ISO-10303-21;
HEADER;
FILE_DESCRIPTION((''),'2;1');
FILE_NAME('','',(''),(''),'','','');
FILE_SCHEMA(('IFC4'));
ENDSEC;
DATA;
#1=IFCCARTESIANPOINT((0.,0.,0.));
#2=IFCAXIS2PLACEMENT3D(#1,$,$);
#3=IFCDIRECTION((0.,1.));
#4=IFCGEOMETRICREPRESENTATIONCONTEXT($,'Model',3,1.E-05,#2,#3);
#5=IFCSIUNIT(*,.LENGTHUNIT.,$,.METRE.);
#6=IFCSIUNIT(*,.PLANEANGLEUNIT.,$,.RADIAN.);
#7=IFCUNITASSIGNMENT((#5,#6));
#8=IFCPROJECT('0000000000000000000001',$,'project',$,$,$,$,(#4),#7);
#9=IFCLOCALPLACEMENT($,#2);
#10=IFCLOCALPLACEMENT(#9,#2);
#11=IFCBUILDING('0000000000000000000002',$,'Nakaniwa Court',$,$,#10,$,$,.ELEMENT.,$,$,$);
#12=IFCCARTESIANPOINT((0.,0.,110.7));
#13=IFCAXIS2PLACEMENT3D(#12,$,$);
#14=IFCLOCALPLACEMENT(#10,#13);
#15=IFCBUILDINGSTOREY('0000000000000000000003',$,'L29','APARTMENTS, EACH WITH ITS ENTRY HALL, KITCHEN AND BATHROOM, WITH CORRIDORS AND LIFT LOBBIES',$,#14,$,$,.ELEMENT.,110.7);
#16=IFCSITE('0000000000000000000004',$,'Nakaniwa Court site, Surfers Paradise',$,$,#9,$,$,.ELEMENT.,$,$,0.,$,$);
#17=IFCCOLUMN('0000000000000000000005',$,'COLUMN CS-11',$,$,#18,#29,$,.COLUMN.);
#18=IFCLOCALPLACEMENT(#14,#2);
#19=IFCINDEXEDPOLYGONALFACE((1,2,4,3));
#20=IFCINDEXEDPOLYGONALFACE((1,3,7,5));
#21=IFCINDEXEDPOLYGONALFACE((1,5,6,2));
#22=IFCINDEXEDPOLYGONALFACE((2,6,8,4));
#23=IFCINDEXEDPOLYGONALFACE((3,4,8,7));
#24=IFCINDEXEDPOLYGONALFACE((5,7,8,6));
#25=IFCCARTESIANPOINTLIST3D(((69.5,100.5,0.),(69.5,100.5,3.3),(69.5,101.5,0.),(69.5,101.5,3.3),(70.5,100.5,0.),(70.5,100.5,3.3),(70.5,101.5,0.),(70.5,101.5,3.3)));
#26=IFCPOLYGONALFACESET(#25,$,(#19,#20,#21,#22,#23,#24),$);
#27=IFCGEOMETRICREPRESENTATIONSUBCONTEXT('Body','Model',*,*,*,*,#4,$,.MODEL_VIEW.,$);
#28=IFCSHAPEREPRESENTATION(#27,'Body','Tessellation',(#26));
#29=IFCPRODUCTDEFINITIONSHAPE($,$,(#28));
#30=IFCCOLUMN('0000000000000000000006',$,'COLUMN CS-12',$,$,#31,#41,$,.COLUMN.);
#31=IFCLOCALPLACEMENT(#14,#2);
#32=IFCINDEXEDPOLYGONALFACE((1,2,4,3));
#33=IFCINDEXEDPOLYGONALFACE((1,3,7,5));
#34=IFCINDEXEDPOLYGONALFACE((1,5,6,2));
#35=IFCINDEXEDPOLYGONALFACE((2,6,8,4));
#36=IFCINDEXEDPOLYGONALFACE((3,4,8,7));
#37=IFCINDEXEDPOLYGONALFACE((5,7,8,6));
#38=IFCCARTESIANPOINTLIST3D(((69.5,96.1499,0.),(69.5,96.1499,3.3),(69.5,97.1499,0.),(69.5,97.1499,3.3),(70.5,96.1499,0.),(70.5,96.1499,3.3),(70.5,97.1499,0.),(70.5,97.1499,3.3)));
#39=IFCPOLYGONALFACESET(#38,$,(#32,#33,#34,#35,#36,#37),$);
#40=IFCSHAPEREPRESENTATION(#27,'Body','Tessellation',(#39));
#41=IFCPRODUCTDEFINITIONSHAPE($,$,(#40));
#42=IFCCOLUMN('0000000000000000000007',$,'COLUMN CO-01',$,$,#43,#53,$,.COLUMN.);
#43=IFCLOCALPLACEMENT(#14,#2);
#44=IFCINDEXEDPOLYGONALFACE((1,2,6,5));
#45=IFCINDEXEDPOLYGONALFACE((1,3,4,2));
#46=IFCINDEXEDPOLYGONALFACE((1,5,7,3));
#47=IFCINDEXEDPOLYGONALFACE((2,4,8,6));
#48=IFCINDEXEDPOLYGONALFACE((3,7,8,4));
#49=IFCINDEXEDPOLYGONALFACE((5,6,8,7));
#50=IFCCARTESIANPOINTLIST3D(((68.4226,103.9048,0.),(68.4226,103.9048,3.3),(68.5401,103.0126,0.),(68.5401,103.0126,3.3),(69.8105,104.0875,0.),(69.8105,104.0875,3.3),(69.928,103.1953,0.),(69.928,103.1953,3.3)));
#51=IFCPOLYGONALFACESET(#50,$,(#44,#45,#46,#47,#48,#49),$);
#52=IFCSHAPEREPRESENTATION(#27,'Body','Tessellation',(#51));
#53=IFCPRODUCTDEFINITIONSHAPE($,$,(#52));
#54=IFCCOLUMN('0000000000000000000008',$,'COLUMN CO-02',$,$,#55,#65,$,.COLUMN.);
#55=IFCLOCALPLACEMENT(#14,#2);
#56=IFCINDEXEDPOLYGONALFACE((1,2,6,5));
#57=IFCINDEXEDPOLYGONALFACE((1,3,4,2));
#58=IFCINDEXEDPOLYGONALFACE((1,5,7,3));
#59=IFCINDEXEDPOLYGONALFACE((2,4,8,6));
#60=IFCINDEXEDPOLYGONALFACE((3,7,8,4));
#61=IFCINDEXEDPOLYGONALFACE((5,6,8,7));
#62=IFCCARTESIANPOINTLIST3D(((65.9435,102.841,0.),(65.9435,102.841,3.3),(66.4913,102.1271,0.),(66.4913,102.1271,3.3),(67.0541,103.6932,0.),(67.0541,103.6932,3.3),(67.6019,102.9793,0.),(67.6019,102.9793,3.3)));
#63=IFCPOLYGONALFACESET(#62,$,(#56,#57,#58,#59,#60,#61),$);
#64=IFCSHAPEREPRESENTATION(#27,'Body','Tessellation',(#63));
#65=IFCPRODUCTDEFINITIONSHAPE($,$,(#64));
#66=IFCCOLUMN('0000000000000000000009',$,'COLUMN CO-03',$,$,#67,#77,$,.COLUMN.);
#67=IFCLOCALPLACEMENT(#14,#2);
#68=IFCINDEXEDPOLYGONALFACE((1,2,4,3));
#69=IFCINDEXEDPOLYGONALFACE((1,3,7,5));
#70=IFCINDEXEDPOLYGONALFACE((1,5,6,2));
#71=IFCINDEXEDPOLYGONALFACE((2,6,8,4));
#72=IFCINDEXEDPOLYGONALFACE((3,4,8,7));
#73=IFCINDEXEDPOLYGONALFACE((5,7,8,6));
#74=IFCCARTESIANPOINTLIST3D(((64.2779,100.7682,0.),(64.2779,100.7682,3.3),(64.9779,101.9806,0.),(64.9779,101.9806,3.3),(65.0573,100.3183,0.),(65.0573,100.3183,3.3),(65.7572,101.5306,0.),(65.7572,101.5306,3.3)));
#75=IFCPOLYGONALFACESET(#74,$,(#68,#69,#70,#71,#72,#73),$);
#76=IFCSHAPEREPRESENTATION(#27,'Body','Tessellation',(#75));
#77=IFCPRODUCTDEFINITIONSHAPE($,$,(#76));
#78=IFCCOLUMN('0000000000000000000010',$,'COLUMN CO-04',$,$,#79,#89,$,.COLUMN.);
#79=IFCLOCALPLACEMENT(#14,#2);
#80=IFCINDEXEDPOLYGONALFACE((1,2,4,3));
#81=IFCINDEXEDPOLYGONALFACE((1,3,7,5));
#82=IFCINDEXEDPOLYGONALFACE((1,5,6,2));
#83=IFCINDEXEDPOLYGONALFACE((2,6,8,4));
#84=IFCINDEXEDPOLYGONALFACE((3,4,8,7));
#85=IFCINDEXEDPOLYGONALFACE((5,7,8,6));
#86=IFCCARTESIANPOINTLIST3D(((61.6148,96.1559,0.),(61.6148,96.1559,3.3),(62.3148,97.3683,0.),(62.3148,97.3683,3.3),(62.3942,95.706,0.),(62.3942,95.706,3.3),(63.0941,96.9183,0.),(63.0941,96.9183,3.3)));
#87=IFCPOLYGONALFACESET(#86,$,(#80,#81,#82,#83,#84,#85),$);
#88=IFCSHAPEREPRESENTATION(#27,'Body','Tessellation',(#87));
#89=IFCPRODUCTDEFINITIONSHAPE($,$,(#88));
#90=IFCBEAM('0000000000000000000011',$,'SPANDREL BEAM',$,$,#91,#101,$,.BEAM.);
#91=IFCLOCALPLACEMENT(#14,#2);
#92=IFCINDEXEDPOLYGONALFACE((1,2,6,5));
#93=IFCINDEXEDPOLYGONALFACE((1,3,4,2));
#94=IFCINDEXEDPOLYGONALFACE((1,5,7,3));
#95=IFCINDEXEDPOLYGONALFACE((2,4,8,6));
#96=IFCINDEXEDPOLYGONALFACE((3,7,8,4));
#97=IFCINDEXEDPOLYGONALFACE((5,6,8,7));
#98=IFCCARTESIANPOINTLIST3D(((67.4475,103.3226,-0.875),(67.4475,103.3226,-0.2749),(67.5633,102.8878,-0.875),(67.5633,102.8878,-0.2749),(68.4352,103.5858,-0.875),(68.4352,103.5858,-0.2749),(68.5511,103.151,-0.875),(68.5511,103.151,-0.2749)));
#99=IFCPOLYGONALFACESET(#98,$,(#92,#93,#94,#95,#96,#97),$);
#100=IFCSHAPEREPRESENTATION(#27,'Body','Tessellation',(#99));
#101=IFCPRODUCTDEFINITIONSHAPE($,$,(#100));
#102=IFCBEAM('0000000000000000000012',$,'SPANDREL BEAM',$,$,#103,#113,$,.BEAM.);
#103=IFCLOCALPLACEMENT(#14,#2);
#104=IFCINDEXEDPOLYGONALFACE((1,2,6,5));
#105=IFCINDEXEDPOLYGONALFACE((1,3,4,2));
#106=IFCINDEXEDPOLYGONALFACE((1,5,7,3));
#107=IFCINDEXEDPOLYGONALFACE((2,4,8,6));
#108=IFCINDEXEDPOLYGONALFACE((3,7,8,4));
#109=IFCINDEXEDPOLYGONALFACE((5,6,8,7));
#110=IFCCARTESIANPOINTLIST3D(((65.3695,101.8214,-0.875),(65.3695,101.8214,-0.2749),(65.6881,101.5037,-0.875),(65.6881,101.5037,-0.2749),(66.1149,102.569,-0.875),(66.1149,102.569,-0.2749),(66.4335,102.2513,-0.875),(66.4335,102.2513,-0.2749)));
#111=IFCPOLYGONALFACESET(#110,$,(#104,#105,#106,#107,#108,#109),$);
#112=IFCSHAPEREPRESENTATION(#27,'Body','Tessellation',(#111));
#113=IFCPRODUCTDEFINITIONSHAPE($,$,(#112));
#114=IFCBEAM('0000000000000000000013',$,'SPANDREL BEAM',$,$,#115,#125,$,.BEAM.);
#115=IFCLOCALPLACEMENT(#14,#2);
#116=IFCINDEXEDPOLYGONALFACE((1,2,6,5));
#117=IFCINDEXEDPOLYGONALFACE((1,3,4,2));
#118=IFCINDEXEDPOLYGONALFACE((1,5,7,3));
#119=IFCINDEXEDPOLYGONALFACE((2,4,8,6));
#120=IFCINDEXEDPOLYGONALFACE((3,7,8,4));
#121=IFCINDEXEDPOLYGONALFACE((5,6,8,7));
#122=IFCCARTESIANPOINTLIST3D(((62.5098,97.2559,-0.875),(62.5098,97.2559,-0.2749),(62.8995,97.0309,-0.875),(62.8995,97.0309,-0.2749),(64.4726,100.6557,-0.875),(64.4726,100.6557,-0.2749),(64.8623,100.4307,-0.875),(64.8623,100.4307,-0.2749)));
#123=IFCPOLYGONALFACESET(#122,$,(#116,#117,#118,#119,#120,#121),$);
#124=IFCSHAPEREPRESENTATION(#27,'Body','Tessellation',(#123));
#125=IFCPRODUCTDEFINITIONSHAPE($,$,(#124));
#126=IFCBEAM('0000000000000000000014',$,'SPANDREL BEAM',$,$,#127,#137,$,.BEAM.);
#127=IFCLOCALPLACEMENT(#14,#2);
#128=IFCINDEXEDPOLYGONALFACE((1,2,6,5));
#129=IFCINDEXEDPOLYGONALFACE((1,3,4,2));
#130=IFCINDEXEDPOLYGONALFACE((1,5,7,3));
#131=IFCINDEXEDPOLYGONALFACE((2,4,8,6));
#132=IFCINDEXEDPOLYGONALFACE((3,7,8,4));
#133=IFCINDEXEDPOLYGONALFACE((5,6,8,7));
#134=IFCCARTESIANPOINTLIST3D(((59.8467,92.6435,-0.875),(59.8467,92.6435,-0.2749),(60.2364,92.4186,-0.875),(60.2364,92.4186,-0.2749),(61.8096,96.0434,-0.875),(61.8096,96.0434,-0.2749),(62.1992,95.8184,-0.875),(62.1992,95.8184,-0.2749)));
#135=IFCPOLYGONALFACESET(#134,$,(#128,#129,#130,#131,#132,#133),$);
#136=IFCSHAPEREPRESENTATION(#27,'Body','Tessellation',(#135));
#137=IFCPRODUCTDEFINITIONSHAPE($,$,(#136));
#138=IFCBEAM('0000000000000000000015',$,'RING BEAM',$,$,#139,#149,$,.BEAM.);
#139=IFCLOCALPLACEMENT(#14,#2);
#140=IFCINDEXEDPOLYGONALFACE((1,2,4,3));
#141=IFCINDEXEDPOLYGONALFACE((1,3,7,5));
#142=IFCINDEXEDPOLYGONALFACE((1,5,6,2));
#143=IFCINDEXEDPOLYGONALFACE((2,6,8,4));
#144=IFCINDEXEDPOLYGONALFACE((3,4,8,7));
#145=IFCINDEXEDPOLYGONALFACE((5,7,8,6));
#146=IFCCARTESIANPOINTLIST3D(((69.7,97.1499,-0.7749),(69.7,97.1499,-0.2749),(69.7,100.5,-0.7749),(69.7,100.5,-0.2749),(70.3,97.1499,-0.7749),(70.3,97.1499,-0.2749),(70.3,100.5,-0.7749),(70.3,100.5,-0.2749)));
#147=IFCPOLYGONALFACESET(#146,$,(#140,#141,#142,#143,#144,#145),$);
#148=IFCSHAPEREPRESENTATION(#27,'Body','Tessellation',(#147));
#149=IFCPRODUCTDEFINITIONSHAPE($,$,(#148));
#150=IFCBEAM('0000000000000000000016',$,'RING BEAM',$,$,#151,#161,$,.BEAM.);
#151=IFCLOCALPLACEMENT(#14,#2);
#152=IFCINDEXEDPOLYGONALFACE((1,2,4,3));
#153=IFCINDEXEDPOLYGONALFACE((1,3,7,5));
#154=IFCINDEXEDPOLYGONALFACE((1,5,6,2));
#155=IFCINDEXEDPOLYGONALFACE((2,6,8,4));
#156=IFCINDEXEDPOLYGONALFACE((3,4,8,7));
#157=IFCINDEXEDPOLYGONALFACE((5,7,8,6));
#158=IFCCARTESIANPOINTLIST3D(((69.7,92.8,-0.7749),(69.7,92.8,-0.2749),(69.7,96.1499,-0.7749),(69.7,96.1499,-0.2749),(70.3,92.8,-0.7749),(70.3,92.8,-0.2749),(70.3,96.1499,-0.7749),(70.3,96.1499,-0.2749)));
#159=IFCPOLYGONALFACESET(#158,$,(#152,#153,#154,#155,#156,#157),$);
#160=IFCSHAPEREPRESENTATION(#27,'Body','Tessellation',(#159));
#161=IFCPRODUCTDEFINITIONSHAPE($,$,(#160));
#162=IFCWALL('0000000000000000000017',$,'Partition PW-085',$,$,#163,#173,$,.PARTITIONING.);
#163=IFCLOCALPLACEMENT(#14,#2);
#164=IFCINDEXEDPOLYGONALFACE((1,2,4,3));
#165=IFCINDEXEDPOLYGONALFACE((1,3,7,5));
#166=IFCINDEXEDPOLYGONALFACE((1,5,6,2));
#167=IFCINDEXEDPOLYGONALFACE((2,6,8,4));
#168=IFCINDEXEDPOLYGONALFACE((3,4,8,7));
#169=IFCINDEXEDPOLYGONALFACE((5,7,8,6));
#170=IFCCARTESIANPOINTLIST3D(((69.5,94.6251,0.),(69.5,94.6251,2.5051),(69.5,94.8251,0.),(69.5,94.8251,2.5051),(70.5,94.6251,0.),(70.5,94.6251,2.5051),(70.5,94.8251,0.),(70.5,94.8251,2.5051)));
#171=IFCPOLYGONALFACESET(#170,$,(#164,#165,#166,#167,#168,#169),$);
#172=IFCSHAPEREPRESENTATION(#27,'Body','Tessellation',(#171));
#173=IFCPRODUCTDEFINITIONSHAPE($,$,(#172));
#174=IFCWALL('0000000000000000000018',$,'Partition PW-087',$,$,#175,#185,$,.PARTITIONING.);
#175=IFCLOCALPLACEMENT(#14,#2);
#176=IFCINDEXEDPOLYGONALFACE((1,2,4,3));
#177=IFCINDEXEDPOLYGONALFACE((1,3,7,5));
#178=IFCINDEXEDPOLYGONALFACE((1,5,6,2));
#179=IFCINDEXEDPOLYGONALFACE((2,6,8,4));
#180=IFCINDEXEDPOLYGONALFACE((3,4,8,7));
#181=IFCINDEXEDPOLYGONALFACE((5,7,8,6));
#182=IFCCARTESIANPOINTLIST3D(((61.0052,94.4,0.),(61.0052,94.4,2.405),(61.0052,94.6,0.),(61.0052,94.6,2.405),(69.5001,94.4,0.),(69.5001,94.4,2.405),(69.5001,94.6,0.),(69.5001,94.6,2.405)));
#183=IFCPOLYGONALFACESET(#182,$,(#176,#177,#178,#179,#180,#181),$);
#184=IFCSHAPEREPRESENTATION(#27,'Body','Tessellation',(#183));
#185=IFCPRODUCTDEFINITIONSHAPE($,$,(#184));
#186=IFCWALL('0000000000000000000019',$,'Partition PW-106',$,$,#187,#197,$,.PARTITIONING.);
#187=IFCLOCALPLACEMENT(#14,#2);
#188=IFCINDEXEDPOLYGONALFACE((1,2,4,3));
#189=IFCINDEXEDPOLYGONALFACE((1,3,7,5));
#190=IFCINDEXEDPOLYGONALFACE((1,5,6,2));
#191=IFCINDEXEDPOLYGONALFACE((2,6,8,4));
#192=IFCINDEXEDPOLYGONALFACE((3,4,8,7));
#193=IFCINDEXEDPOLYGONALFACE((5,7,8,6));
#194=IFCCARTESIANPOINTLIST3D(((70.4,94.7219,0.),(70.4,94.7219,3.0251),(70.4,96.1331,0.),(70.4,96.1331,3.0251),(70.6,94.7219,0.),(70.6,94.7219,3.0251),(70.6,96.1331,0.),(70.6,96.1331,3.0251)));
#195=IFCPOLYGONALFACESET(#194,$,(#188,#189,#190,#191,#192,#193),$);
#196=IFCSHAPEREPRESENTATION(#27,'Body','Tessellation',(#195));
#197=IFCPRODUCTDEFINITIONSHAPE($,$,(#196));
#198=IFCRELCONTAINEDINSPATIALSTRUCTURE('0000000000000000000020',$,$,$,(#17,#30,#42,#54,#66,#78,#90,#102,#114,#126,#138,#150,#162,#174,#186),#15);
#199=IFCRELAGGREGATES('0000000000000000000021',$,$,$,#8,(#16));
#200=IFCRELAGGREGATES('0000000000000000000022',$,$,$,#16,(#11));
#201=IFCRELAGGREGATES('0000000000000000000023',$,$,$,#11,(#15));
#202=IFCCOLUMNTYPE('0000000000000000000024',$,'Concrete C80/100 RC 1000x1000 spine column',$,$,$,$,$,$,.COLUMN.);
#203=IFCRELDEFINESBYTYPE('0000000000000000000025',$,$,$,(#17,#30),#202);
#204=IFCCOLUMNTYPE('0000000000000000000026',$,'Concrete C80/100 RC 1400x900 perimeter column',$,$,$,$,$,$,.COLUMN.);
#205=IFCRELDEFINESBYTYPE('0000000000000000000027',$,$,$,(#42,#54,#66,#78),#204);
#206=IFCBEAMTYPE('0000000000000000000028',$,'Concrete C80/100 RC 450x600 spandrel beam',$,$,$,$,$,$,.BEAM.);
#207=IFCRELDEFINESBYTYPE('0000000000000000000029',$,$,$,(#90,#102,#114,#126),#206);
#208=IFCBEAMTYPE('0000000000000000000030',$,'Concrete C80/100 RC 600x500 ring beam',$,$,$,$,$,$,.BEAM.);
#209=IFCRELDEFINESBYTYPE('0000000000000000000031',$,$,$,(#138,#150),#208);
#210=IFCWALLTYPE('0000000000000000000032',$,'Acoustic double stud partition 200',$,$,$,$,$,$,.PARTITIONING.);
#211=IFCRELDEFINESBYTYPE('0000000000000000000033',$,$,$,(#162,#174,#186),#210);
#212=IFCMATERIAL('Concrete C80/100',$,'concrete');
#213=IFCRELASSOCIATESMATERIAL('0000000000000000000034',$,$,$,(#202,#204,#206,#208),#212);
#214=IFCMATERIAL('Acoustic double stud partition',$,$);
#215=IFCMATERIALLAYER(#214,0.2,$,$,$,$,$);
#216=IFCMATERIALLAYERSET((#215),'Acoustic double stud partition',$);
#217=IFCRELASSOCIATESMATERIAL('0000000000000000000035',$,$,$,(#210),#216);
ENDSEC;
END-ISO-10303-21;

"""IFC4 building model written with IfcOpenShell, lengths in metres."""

from ifc_helpers import new_model, si_unit, direction, frame, frame_2d, origin, origin_2d, place, context, subcontext, project, spatial, rectangle, extrude, material, layer, layer_set, material_profile, profile_set, type_object, element, save


model = new_model("IFC4")

# Units and contexts
model_context = context("Model", 3, precision=1e-05, world=origin(), true_north=direction((0.0, 1.0)))
body_context = subcontext(model_context, "Body", "Model", "MODEL_VIEW")
ifc_project = project(units=[si_unit("LENGTHUNIT", "METRE"), si_unit("PLANEANGLEUNIT", "RADIAN")], contexts=[model_context])

# Site, building, storey
site_placement = place(None, origin())
site = spatial("IfcSite", under=ifc_project, at=site_placement, Name="Nakaniwa Court site, Surfers Paradise", CompositionType="ELEMENT", RefElevation=0.0)
building_placement = place(site_placement, origin())
building = spatial("IfcBuilding", under=site, at=building_placement, Name="Nakaniwa Court", CompositionType="ELEMENT")
storey_placement = place(building_placement, frame((0.0, 0.0, 110.7)))
storey = spatial("IfcBuildingStorey", under=building, at=storey_placement, Name="L29", Description="APARTMENTS, EACH WITH ITS ENTRY HALL, KITCHEN AND BATHROOM, WITH CORRIDORS AND LIFT LOBBIES", CompositionType="ELEMENT", Elevation=110.7)

# Columns
ifc_material_1 = material(Name="Concrete C80/100", Category="concrete")
ifc_material_profile_1 = material_profile(ifc_material_1, rectangle(XDim=1.0, YDim=1.0, at=origin_2d()), Name="Concrete C80/100 RC 1000x1000 spine column")
ifc_profile_set_1 = profile_set([ifc_material_profile_1], Name="Concrete C80/100")
column_type_1 = type_object("IfcColumnType", Name="Concrete C80/100 RC 1000x1000 spine column", PredefinedType="COLUMN", material=ifc_profile_set_1)
for number, where, z_axis, x_axis, name in (
    (1, (70.0, 101.0, 0.0), (0.0, 0.0, 1.0), (0.0, -1.0, 0.0), "COLUMN CS-11"),
    (2, (70.0, 96.6499, 0.0), (0.0, 0.0, 1.0), (0.0, -1.0, 0.0), "COLUMN CS-12"),
):
    element("IfcColumn", number, at=place(storey_placement, frame(where, z_axis=z_axis, x_axis=x_axis)), inside=storey, type_object=column_type_1, Name=name, PredefinedType="COLUMN", context=body_context, shape_type="SweptSolid", body=[
        extrude(rectangle(XDim=1.0, YDim=1.0, at=origin_2d()), origin(), (0.0, 0.0, 1.0), 3.3),
    ])
ifc_material_profile_2 = material_profile(ifc_material_1, rectangle(XDim=1.3999, YDim=0.8999, at=origin_2d()), Name="Concrete C80/100 RC 1400x900 perimeter column")
ifc_profile_set_2 = profile_set([ifc_material_profile_2], Name="Concrete C80/100")
column_type_2 = type_object("IfcColumnType", Name="Concrete C80/100 RC 1400x900 perimeter column", PredefinedType="COLUMN", material=ifc_profile_set_2)
for number, where, z_axis, x_axis, name in (
    (3, (69.1753, 103.55, 0.0), (0.0, 0.0, 1.0), (-0.991443, -0.130543, 0.0), "COLUMN CO-01"),
    (4, (66.7727, 102.9102, 0.0), (0.0, 0.0, 1.0), (-0.793364, -0.608748, 0.0), "COLUMN CO-02"),
    (5, (65.0176, 101.1494, 0.0), (0.0, 0.0, 1.0), (-0.5, -0.866025, 0.0), "COLUMN CO-03"),
    (6, (62.3545, 96.5371, 0.0), (0.0, 0.0, 1.0), (-0.5, -0.866025, 0.0), "COLUMN CO-04"),
):
    element("IfcColumn", number, at=place(storey_placement, frame(where, z_axis=z_axis, x_axis=x_axis)), inside=storey, type_object=column_type_2, Name=name, PredefinedType="COLUMN", context=body_context, shape_type="SweptSolid", body=[
        extrude(rectangle(XDim=1.3999, YDim=0.8999, at=origin_2d()), origin(), (0.0, 0.0, 1.0), 3.3),
    ])

# Beams
ifc_material_profile_3 = material_profile(ifc_material_1, rectangle(XDim=0.45, YDim=0.6001, at=origin_2d()), Name="Concrete C80/100 RC 450x600 spandrel beam")
ifc_profile_set_3 = profile_set([ifc_material_profile_3], Name="Concrete C80/100")
beam_type_1 = type_object("IfcBeamType", Name="Concrete C80/100 RC 450x600 spandrel beam", PredefinedType="BEAM", material=ifc_profile_set_3)
beam_1_placement = place(storey_placement, frame((68.4932, 103.3684, -0.575), z_axis=(-0.96629, -0.257455, 0.0), x_axis=(0.257455, -0.96629, 0.0)))
element("IfcBeam", 7, at=beam_1_placement, inside=storey, type_object=beam_type_1, Name="SPANDREL BEAM", PredefinedType="BEAM", context=body_context, shape_type="SweptSolid", body=[
    extrude(rectangle(XDim=0.45, YDim=0.6001, at=origin_2d()), origin(), (0.0, 0.0, 1.0), 1.0222),
])
beam_2_placement = place(storey_placement, frame((66.2742, 102.4102, -0.575), z_axis=(-0.706065, -0.708147, 0.0), x_axis=(0.708147, -0.706065, 0.0)))
element("IfcBeam", 8, at=beam_2_placement, inside=storey, type_object=beam_type_1, Name="SPANDREL BEAM", PredefinedType="BEAM", context=body_context, shape_type="SweptSolid", body=[
    extrude(rectangle(XDim=0.45, YDim=0.6001, at=origin_2d()), origin(), (0.0, 0.0, 1.0), 1.0557),
])
for number, where, z_axis, x_axis, name in (
    (9, (64.6675, 100.5432, -0.575), (-0.499992, -0.86603, 0.0), (0.86603, -0.499992, 0.0), "SPANDREL BEAM"),
    (10, (62.0044, 95.9309, -0.575), (-0.499992, -0.86603, 0.0), (0.86603, -0.499992, 0.0), "SPANDREL BEAM"),
):
    element("IfcBeam", number, at=place(storey_placement, frame(where, z_axis=z_axis, x_axis=x_axis)), inside=storey, type_object=beam_type_1, Name=name, PredefinedType="BEAM", context=body_context, shape_type="SweptSolid", body=[
        extrude(rectangle(XDim=0.45, YDim=0.6001, at=origin_2d()), origin(), (0.0, 0.0, 1.0), 3.9258),
    ])
ifc_material_profile_4 = material_profile(ifc_material_1, rectangle(XDim=0.6001, YDim=0.5, at=origin_2d()), Name="Concrete C80/100 RC 600x500 ring beam")
ifc_profile_set_4 = profile_set([ifc_material_profile_4], Name="Concrete C80/100")
beam_type_2 = type_object("IfcBeamType", Name="Concrete C80/100 RC 600x500 ring beam", PredefinedType="BEAM", material=ifc_profile_set_4)
beam_3_placement = place(storey_placement, frame((70.0, 100.5, -0.5249), z_axis=(0.0, -1.0, 0.0), x_axis=(1.0, 0.0, 0.0)))
element("IfcBeam", 11, at=beam_3_placement, inside=storey, type_object=beam_type_2, Name="RING BEAM", PredefinedType="BEAM", context=body_context, shape_type="SweptSolid", body=[
    extrude(rectangle(XDim=0.6001, YDim=0.5, at=origin_2d()), origin(), (0.0, 0.0, 1.0), 3.3501),
])
beam_4_placement = place(storey_placement, frame((70.0, 96.1499, -0.5249), z_axis=(0.0, -1.0, 0.0), x_axis=(1.0, 0.0, 0.0)))
element("IfcBeam", 12, at=beam_4_placement, inside=storey, type_object=beam_type_2, Name="RING BEAM", PredefinedType="BEAM", context=body_context, shape_type="SweptSolid", body=[
    extrude(rectangle(XDim=0.6001, YDim=0.5, at=origin_2d()), origin(), (0.0, 0.0, 1.0), 3.3499),
])

# Walls
ifc_material_2 = material(Name="Acoustic double stud partition")
ifc_layer_1 = layer(ifc_material_2, 0.2)
ifc_layer_set_1 = layer_set([ifc_layer_1], Name="Acoustic double stud partition")
wall_type_1 = type_object("IfcWallType", Name="Acoustic double stud partition 200", PredefinedType="PARTITIONING", material=ifc_layer_set_1)
wall_1_placement = place(storey_placement, frame((69.5, 94.7251, 0.0), z_axis=(0.0, 0.0, 1.0), x_axis=(1.0, 0.0, 0.0)))
element("IfcWall", 13, at=wall_1_placement, inside=storey, type_object=wall_type_1, Name="Partition PW-085", PredefinedType="PARTITIONING", context=body_context, shape_type="SweptSolid", body=[
    extrude(rectangle(XDim=1.0, YDim=0.2, at=frame_2d((0.5, 0.0))), origin(), (0.0, 0.0, 1.0), 2.5051),
])
wall_2_placement = place(storey_placement, frame((61.0051, 94.5, 0.0), z_axis=(0.0, 0.0, 1.0), x_axis=(1.0, 0.0, 0.0)))
element("IfcWall", 14, at=wall_2_placement, inside=storey, type_object=wall_type_1, Name="Partition PW-087", PredefinedType="PARTITIONING", context=body_context, shape_type="SweptSolid", body=[
    extrude(rectangle(XDim=8.4949, YDim=0.2, at=frame_2d((4.2476, 0.0))), origin(), (0.0, 0.0, 1.0), 2.405),
])
wall_3_placement = place(storey_placement, frame((70.5, 94.7219, 0.0), z_axis=(0.0, 0.0, 1.0), x_axis=(0.0, 1.0, 0.0)))
element("IfcWall", 15, at=wall_3_placement, inside=storey, type_object=wall_type_1, Name="Partition PW-106", PredefinedType="PARTITIONING", context=body_context, shape_type="SweptSolid", body=[
    extrude(rectangle(XDim=1.4111, YDim=0.2, at=frame_2d((0.7056, 0.0))), origin(), (0.0, 0.0, 1.0), 3.0251),
])

save(model, "model.ifc")
